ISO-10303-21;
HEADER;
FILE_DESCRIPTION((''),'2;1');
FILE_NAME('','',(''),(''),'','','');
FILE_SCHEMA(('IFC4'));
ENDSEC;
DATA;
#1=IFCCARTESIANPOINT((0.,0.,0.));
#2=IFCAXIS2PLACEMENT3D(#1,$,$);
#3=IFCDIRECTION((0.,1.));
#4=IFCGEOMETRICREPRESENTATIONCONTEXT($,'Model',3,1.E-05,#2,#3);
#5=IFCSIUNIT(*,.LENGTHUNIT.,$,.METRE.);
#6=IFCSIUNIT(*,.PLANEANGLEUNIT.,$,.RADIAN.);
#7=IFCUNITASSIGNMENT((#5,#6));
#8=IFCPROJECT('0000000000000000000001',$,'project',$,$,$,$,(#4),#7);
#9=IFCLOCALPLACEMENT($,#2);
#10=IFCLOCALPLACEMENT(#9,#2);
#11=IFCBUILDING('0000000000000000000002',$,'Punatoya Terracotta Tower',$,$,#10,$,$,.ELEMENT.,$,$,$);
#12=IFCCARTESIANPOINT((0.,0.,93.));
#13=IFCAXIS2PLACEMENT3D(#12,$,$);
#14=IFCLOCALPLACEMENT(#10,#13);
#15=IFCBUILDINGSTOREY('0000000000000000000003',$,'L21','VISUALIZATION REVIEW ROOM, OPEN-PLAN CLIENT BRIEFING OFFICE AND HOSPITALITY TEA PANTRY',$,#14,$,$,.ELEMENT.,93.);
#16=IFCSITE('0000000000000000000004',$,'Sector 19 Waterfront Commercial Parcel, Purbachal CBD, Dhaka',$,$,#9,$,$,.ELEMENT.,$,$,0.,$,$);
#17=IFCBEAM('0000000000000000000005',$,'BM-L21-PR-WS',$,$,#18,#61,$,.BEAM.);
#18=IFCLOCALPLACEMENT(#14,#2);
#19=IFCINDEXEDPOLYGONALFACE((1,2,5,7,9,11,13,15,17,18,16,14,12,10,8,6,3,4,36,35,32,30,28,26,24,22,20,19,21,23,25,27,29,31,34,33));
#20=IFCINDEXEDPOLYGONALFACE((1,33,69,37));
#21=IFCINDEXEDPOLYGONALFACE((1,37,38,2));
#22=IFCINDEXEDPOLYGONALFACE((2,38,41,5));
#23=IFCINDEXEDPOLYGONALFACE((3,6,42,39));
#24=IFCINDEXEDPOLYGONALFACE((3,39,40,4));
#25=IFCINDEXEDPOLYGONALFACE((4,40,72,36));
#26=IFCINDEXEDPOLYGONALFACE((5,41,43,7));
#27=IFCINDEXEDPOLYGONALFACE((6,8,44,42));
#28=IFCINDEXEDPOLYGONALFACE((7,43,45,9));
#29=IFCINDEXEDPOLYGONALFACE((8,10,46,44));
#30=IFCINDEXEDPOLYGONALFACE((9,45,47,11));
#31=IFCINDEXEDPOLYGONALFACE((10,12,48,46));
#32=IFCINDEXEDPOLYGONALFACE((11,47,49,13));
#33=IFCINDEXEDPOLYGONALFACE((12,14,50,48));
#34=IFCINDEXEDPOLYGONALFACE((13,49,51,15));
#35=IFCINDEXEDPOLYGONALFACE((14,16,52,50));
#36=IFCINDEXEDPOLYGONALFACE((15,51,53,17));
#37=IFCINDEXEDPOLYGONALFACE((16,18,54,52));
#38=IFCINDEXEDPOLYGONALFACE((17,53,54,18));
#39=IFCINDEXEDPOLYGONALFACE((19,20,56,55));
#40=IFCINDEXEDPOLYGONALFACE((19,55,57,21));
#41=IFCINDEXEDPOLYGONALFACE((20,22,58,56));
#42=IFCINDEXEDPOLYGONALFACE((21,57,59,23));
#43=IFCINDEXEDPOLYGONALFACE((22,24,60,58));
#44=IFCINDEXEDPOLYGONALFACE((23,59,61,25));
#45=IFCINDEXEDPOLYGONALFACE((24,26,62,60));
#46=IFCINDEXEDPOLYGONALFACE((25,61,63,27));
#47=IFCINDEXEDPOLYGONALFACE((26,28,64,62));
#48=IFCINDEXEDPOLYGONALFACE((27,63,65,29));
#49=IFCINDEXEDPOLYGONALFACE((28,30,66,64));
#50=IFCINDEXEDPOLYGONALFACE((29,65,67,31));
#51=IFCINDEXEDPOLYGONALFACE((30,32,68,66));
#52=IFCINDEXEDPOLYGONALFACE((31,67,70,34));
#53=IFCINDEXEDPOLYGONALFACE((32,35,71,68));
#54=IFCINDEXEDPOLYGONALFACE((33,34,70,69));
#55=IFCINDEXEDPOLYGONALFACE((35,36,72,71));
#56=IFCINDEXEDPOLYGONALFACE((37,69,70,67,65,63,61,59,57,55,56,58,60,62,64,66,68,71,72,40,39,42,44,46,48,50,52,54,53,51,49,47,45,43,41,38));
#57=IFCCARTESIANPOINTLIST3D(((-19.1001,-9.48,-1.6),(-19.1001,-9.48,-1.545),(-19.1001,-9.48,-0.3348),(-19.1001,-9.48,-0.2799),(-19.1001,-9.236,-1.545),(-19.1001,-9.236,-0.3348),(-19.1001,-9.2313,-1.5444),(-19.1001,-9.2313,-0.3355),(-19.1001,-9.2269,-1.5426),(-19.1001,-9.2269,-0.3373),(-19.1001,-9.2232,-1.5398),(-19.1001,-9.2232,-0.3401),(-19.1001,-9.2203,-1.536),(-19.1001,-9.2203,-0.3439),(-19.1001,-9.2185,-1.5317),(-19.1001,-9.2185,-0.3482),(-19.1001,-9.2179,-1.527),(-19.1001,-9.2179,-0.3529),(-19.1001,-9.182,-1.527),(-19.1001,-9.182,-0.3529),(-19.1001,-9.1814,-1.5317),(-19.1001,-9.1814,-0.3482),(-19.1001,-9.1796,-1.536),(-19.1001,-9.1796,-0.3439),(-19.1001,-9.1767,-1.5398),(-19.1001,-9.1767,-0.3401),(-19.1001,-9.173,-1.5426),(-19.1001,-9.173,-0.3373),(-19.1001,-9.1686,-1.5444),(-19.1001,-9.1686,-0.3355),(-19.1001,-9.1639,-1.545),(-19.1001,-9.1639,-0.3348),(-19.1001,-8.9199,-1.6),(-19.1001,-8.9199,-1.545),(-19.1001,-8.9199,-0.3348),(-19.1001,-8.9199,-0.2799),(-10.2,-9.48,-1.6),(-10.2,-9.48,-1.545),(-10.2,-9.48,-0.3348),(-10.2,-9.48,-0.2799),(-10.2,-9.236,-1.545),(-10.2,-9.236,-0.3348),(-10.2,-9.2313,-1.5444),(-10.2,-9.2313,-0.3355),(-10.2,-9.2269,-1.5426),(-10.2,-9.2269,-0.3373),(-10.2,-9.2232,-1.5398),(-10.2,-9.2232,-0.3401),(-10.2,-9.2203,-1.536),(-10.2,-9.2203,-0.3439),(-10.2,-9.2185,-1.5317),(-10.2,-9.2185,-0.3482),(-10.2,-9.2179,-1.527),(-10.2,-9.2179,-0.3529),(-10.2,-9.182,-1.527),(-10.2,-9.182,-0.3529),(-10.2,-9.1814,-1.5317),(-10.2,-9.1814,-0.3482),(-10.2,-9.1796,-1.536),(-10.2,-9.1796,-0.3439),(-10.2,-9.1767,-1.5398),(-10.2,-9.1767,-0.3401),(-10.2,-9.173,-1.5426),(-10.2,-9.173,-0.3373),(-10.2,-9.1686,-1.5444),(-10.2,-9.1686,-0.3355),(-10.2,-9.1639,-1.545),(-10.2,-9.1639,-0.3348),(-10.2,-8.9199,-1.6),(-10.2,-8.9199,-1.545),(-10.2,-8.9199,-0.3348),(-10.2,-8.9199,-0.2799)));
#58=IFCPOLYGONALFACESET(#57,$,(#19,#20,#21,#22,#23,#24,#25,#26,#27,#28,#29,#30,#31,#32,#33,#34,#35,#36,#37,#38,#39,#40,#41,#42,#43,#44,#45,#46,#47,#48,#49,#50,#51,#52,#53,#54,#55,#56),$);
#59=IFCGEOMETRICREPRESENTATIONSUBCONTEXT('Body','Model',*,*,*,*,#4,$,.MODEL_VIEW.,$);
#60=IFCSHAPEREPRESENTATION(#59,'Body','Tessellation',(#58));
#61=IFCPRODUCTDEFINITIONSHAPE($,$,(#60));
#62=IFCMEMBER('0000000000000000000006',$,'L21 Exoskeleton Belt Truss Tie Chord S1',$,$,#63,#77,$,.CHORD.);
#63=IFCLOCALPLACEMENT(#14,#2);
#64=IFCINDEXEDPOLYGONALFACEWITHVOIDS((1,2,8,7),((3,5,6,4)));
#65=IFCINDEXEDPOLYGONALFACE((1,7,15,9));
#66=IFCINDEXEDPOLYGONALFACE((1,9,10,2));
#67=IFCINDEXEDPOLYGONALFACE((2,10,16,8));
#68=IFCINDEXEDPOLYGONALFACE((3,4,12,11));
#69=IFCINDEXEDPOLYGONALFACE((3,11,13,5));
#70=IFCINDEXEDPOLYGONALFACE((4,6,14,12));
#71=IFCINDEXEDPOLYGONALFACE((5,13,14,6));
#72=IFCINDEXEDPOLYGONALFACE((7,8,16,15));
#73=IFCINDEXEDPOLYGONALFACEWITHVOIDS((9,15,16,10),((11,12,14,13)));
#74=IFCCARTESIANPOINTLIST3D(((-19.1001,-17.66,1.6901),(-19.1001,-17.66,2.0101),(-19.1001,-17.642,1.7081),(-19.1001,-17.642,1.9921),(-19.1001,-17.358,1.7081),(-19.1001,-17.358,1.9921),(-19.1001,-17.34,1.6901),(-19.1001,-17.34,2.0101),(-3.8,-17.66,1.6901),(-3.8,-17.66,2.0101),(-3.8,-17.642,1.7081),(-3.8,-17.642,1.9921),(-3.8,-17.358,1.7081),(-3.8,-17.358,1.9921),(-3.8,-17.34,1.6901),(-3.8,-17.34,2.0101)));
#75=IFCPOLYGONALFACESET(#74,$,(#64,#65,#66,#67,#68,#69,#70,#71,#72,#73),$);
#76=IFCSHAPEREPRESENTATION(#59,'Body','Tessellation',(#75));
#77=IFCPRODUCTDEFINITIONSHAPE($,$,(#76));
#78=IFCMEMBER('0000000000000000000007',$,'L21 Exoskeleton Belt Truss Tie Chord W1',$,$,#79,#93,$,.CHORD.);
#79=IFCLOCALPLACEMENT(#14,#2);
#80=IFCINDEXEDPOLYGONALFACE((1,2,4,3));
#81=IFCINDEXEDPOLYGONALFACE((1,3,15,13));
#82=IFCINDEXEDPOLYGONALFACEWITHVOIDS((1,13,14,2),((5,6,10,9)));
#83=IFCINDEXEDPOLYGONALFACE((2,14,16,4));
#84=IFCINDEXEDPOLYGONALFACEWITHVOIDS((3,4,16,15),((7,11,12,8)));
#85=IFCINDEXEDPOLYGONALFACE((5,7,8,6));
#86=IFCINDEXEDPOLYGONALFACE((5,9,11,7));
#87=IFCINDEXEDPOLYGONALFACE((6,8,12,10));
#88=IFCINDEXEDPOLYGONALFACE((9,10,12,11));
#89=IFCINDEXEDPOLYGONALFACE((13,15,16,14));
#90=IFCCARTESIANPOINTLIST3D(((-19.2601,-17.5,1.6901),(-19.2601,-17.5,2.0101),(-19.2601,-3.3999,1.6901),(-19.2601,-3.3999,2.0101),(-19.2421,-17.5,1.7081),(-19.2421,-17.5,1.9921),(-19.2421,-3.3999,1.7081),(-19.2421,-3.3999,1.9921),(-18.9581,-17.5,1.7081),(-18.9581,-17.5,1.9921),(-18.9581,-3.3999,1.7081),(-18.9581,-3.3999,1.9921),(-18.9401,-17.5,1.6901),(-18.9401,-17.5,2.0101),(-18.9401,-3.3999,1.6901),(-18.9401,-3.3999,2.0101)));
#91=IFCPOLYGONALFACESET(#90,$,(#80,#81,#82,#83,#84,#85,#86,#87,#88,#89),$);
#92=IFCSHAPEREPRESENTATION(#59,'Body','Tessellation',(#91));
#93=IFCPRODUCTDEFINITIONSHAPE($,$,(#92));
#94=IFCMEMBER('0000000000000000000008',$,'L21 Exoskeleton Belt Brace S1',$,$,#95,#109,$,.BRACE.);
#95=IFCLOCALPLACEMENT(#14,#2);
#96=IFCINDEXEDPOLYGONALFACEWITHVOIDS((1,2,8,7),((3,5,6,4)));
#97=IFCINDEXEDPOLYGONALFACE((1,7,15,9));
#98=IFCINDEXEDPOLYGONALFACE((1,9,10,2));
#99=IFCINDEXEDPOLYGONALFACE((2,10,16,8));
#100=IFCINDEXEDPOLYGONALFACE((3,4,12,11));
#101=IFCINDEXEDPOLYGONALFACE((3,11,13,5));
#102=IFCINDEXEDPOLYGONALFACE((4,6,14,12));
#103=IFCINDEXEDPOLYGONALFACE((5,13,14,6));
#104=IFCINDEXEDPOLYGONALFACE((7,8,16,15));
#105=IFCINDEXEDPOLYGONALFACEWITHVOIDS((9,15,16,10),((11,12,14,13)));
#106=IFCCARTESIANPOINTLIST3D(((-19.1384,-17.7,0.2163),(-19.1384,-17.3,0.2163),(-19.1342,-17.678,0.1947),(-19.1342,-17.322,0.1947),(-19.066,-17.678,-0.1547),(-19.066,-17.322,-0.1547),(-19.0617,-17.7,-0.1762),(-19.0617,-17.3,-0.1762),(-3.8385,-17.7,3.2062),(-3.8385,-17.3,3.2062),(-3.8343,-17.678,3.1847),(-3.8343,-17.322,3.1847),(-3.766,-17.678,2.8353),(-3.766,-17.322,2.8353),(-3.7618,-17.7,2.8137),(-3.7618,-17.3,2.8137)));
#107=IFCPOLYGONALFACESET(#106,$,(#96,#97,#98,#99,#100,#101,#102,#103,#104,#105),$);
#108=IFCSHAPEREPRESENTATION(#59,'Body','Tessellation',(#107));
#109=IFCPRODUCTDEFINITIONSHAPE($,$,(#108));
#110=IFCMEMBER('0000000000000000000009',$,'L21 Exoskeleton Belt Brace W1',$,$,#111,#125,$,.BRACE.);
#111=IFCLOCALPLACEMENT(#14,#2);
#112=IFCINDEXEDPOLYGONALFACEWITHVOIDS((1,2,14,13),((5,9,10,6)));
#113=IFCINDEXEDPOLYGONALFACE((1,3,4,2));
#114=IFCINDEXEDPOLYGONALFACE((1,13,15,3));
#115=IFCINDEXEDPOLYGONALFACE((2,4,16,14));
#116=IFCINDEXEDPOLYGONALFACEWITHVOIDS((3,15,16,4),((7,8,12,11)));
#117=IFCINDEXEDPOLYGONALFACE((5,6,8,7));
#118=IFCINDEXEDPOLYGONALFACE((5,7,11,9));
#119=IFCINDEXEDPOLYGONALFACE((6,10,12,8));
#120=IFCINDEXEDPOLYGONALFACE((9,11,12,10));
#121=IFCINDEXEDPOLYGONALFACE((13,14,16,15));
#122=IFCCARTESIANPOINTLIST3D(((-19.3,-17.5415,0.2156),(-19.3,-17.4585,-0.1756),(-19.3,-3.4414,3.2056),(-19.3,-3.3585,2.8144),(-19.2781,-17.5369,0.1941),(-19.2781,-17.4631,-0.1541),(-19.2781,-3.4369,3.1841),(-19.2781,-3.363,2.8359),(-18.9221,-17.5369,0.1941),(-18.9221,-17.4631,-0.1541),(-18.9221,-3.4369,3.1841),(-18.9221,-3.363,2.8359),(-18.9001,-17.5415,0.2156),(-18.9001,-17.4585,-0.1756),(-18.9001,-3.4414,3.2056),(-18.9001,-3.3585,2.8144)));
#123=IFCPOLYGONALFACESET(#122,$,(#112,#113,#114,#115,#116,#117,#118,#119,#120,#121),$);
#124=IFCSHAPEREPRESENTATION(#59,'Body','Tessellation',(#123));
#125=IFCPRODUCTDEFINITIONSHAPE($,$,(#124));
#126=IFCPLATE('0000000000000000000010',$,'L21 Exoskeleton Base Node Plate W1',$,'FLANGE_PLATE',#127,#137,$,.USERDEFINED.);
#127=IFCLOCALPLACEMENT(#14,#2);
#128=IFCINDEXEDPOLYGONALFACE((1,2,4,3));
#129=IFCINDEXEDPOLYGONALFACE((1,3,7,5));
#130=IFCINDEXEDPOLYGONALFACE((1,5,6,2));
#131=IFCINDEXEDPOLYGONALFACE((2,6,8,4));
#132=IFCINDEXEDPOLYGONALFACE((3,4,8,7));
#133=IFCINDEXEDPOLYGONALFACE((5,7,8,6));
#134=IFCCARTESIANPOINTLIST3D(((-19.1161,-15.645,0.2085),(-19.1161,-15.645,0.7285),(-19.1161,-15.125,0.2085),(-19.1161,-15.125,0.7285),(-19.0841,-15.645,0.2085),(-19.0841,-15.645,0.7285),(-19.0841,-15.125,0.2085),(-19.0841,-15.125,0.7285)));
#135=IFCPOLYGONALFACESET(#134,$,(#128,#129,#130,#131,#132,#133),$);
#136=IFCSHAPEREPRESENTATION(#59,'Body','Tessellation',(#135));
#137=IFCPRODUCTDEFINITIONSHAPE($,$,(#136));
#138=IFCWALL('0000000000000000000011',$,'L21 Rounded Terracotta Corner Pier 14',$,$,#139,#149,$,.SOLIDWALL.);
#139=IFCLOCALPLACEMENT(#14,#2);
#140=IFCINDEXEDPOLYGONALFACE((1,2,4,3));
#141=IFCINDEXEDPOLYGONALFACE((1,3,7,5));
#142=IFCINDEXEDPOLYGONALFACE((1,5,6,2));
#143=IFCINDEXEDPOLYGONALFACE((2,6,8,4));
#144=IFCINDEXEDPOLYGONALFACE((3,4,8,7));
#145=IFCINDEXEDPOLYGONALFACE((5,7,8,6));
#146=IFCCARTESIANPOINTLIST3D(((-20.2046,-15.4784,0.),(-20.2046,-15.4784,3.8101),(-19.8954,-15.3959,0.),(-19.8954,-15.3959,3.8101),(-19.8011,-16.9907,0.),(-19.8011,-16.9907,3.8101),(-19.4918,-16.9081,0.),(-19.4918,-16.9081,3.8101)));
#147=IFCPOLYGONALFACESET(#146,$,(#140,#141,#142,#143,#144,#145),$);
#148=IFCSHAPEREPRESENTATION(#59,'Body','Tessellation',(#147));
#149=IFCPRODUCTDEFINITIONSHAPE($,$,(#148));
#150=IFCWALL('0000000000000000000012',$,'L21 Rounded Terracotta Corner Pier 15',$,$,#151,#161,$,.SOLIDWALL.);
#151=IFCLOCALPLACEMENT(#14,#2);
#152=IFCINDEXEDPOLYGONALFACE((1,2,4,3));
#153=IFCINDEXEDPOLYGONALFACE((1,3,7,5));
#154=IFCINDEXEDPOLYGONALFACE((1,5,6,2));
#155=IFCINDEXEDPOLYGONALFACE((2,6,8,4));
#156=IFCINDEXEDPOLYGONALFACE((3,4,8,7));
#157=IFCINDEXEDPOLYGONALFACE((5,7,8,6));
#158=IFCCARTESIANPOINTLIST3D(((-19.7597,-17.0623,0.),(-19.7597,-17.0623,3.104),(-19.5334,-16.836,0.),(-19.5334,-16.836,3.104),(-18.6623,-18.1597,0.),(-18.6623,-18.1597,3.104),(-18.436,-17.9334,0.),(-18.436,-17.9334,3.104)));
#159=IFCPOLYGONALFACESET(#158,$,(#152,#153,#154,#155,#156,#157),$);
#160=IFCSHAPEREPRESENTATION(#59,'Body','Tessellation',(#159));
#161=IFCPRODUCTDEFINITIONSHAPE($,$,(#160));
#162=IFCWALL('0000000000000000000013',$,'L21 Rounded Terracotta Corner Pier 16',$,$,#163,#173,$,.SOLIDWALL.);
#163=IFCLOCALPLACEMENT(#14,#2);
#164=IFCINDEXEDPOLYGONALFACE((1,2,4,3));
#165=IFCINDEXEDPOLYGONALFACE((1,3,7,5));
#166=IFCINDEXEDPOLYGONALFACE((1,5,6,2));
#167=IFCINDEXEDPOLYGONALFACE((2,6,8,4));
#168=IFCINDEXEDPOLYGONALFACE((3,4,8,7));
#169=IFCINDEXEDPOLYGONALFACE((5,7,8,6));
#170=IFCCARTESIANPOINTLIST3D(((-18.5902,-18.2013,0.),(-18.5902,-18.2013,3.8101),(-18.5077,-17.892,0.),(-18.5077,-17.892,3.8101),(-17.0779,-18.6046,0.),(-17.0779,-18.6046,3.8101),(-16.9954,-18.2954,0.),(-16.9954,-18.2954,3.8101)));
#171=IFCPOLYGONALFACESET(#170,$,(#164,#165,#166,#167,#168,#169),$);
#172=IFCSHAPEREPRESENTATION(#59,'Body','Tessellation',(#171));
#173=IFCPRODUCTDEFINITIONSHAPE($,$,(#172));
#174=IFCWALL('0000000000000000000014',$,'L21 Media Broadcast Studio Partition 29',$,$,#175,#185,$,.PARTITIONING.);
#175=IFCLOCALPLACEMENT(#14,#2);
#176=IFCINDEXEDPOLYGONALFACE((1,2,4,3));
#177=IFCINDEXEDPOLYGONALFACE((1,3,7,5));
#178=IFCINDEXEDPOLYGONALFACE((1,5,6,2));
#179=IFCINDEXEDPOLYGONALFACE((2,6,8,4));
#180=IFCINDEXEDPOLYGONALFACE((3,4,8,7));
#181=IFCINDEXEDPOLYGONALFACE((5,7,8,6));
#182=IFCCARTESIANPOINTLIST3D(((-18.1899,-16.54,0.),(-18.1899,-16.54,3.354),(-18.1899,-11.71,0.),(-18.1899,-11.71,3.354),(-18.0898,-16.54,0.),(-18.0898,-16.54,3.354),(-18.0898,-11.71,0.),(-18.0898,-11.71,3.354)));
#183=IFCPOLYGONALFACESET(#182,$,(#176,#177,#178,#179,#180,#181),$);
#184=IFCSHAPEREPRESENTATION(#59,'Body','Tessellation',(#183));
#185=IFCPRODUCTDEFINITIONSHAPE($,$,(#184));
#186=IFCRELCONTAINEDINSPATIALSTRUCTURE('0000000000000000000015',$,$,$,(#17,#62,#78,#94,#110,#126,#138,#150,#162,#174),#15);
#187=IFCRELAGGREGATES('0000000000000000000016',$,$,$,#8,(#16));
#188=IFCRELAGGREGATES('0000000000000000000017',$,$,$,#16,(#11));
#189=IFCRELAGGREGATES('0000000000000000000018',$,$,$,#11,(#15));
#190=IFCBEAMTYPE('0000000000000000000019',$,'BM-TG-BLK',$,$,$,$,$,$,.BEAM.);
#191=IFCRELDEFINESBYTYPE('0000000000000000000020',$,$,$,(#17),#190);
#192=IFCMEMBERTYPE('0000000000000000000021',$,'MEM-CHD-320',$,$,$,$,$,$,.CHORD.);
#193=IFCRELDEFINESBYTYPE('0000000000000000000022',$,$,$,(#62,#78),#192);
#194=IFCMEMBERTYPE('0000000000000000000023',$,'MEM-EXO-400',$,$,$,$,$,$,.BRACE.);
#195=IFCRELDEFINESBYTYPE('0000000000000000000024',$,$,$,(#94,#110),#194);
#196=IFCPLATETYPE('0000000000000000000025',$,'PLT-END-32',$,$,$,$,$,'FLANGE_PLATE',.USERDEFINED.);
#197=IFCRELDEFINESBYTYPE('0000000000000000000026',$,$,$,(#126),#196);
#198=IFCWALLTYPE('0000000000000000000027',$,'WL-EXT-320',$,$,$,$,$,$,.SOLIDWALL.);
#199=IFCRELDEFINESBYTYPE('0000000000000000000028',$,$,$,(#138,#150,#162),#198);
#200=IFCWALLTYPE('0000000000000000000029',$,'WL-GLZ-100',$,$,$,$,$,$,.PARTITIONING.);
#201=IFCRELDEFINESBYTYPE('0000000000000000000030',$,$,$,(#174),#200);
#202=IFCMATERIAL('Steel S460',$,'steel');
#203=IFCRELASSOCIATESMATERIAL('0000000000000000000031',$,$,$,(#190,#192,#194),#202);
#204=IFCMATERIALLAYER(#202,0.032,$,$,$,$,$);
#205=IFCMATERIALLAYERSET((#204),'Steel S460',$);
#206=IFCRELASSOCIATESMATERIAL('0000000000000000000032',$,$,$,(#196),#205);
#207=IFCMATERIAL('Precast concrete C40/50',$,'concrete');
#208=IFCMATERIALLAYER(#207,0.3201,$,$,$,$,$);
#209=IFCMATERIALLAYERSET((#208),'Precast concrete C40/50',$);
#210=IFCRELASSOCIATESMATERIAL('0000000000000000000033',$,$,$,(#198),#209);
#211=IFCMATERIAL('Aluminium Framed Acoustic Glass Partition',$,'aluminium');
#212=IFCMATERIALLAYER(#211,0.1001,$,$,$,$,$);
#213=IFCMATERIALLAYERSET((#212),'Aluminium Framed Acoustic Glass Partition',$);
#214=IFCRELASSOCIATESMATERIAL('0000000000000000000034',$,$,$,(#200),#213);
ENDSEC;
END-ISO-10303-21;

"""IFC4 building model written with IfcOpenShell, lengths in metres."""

from ifc_helpers import new_model, si_unit, direction, frame, frame_2d, origin, origin_2d, place, context, subcontext, project, spatial, rectangle, hollow_rectangle, i_section, extrude, material, layer, layer_set, material_profile, profile_set, type_object, element, save


model = new_model("IFC4")

# Units and contexts
model_context = context("Model", 3, precision=1e-05, world=origin(), true_north=direction((0.0, 1.0)))
body_context = subcontext(model_context, "Body", "Model", "MODEL_VIEW")
ifc_project = project(units=[si_unit("LENGTHUNIT", "METRE"), si_unit("PLANEANGLEUNIT", "RADIAN")], contexts=[model_context])

# Site, building, storey
site_placement = place(None, origin())
site = spatial("IfcSite", under=ifc_project, at=site_placement, Name="Sector 19 Waterfront Commercial Parcel, Purbachal CBD, Dhaka", CompositionType="ELEMENT", RefElevation=0.0)
building_placement = place(site_placement, origin())
building = spatial("IfcBuilding", under=site, at=building_placement, Name="Punatoya Terracotta Tower", CompositionType="ELEMENT")
storey_placement = place(building_placement, frame((0.0, 0.0, 93.0)))
storey = spatial("IfcBuildingStorey", under=building, at=storey_placement, Name="L21", Description="VISUALIZATION REVIEW ROOM, OPEN-PLAN CLIENT BRIEFING OFFICE AND HOSPITALITY TEA PANTRY", CompositionType="ELEMENT", Elevation=93.0)

# Shared definitions
ifc_material_1 = material(Name="Steel S460", Category="steel")

# Beam
ifc_material_profile_1 = material_profile(ifc_material_1, i_section(OverallWidth=0.5601, OverallDepth=1.3201, WebThickness=0.0359, FlangeThickness=0.0549, FilletRadius=0.0181, at=origin_2d()))
ifc_profile_set_1 = profile_set([ifc_material_profile_1], Name="Steel S460")
beam_type_1 = type_object("IfcBeamType", Name="BM-TG-BLK", PredefinedType="BEAM", material=ifc_profile_set_1)
beam_1_placement = place(storey_placement, frame((-19.1001, -9.2, -0.9399), z_axis=(1.0, 0.0, 0.0), x_axis=(0.0, 1.0, 0.0)))
element("IfcBeam", 1, at=beam_1_placement, inside=storey, type_object=beam_type_1, Name="BM-L21-PR-WS", PredefinedType="BEAM", context=body_context, shape_type="SweptSolid", body=[
    extrude(i_section(OverallWidth=0.5601, OverallDepth=1.3201, WebThickness=0.0359, FlangeThickness=0.0549, FilletRadius=0.0181, at=origin_2d()), origin(), (0.0, 0.0, 1.0), 8.9001),
])

# Members
ifc_material_profile_2 = material_profile(ifc_material_1, hollow_rectangle(XDim=0.3201, YDim=0.3201, WallThickness=0.0181, at=origin_2d()))
ifc_profile_set_2 = profile_set([ifc_material_profile_2], Name="Steel S460")
member_type_1 = type_object("IfcMemberType", Name="MEM-CHD-320", PredefinedType="CHORD", material=ifc_profile_set_2)
member_1_placement = place(storey_placement, frame((-19.1001, -17.5, 1.8501), z_axis=(1.0, 0.0, 0.0), x_axis=(0.0, 1.0, 0.0)))
element("IfcMember", 2, at=member_1_placement, inside=storey, type_object=member_type_1, Name="L21 Exoskeleton Belt Truss Tie Chord S1", PredefinedType="CHORD", context=body_context, shape_type="SweptSolid", body=[
    extrude(hollow_rectangle(XDim=0.3201, YDim=0.3201, WallThickness=0.0181, at=origin_2d()), origin(), (0.0, 0.0, 1.0), 15.3),
])
member_2_placement = place(storey_placement, frame((-19.1001, -17.5, 1.8501), z_axis=(0.0, 1.0, 0.0), x_axis=(-1.0, 0.0, 0.0)))
element("IfcMember", 3, at=member_2_placement, inside=storey, type_object=member_type_1, Name="L21 Exoskeleton Belt Truss Tie Chord W1", PredefinedType="CHORD", context=body_context, shape_type="SweptSolid", body=[
    extrude(hollow_rectangle(XDim=0.3201, YDim=0.3201, WallThickness=0.0181, at=origin_2d()), origin(), (0.0, 0.0, 1.0), 14.1001),
])
ifc_material_profile_3 = material_profile(ifc_material_1, hollow_rectangle(XDim=0.3999, YDim=0.3999, WallThickness=0.022, at=origin_2d()))
ifc_profile_set_3 = profile_set([ifc_material_profile_3], Name="Steel S460")
member_type_2 = type_object("IfcMemberType", Name="MEM-EXO-400", PredefinedType="BRACE", material=ifc_profile_set_3)
member_3_placement = place(storey_placement, frame((-19.1001, -17.5, 0.02), z_axis=(0.981435, 0.0, 0.191796), x_axis=(0.0, 1.0, 0.0)))
element("IfcMember", 4, at=member_3_placement, inside=storey, type_object=member_type_2, Name="L21 Exoskeleton Belt Brace S1", PredefinedType="BRACE", context=body_context, shape_type="SweptSolid", body=[
    extrude(hollow_rectangle(XDim=0.3999, YDim=0.3999, WallThickness=0.022, at=origin_2d()), origin(), (0.0, 0.0, 1.0), 15.5894),
])
member_4_placement = place(storey_placement, frame((-19.1001, -17.5, 0.02), z_axis=(0.0, 0.978247, 0.207442), x_axis=(-1.0, 0.0, 0.0)))
element("IfcMember", 5, at=member_4_placement, inside=storey, type_object=member_type_2, Name="L21 Exoskeleton Belt Brace W1", PredefinedType="BRACE", context=body_context, shape_type="SweptSolid", body=[
    extrude(hollow_rectangle(XDim=0.3999, YDim=0.3999, WallThickness=0.022, at=origin_2d()), origin(), (0.0, 0.0, 1.0), 14.4136),
])

# Plate
ifc_layer_1 = layer(ifc_material_1, 0.032)
ifc_layer_set_1 = layer_set([ifc_layer_1], Name="Steel S460")
plate_type = type_object("IfcPlateType", Name="PLT-END-32", ElementType="FLANGE_PLATE", PredefinedType="USERDEFINED", material=ifc_layer_set_1)
plate_placement = place(storey_placement, frame((-19.1001, -15.385, 0.2085), z_axis=(0.0, 0.0, 1.0), x_axis=(0.0, 1.0, 0.0)))
element("IfcPlate", 6, at=plate_placement, inside=storey, type_object=plate_type, Name="L21 Exoskeleton Base Node Plate W1", ObjectType="FLANGE_PLATE", PredefinedType="USERDEFINED", context=body_context, shape_type="SweptSolid", body=[
    extrude(rectangle(XDim=0.52, YDim=0.032, at=origin_2d()), origin(), (0.0, 0.0, 1.0), 0.52),
])

# Walls
ifc_material_2 = material(Name="Precast concrete C40/50", Category="concrete")
ifc_layer_2 = layer(ifc_material_2, 0.3201)
ifc_layer_set_2 = layer_set([ifc_layer_2], Name="Precast concrete C40/50")
wall_type_1 = type_object("IfcWallType", Name="WL-EXT-320", PredefinedType="SOLIDWALL", material=ifc_layer_set_2)
wall_1_placement = place(storey_placement, frame((-20.05, -15.437, 0.0), z_axis=(0.0, 0.0, 1.0), x_axis=(0.257847, -0.966186, 0.0)))
element("IfcWall", 7, at=wall_1_placement, inside=storey, type_object=wall_type_1, Name="L21 Rounded Terracotta Corner Pier 14", PredefinedType="SOLIDWALL", context=body_context, shape_type="SweptSolid", body=[
    extrude(rectangle(XDim=1.5652, YDim=0.3201, at=frame_2d((0.7827, 0.0))), origin(), (0.0, 0.0, 1.0), 3.8101),
])
wall_2_placement = place(storey_placement, frame((-19.6465, -16.9492, 0.0), z_axis=(0.0, 0.0, 1.0), x_axis=(0.707107, -0.707107, 0.0)))
element("IfcWall", 8, at=wall_2_placement, inside=storey, type_object=wall_type_1, Name="L21 Rounded Terracotta Corner Pier 15", PredefinedType="SOLIDWALL", context=body_context, shape_type="SweptSolid", body=[
    extrude(rectangle(XDim=1.552, YDim=0.3201, at=frame_2d((0.7759, 0.0))), origin(), (0.0, 0.0, 1.0), 3.104),
])
wall_3_placement = place(storey_placement, frame((-18.5491, -18.0466, 0.0), z_axis=(0.0, 0.0, 1.0), x_axis=(0.966225, -0.257701, 0.0)))
element("IfcWall", 9, at=wall_3_placement, inside=storey, type_object=wall_type_1, Name="L21 Rounded Terracotta Corner Pier 16", PredefinedType="SOLIDWALL", context=body_context, shape_type="SweptSolid", body=[
    extrude(rectangle(XDim=1.5652, YDim=0.3201, at=frame_2d((0.7827, 0.0))), origin(), (0.0, 0.0, 1.0), 3.8101),
])
ifc_material_3 = material(Name="Aluminium Framed Acoustic Glass Partition", Category="aluminium")
ifc_layer_3 = layer(ifc_material_3, 0.1001)
ifc_layer_set_3 = layer_set([ifc_layer_3], Name="Aluminium Framed Acoustic Glass Partition")
wall_type_2 = type_object("IfcWallType", Name="WL-GLZ-100", PredefinedType="PARTITIONING", material=ifc_layer_set_3)
wall_4_placement = place(storey_placement, frame((-18.1399, -16.54, 0.0), z_axis=(0.0, 0.0, 1.0), x_axis=(0.0, 1.0, 0.0)))
element("IfcWall", 10, at=wall_4_placement, inside=storey, type_object=wall_type_2, Name="L21 Media Broadcast Studio Partition 29", PredefinedType="PARTITIONING", context=body_context, shape_type="SweptSolid", body=[
    extrude(rectangle(XDim=4.8301, YDim=0.1001, at=frame_2d((2.415, 0.0))), origin(), (0.0, 0.0, 1.0), 3.354),
])

save(model, "model.ifc")
